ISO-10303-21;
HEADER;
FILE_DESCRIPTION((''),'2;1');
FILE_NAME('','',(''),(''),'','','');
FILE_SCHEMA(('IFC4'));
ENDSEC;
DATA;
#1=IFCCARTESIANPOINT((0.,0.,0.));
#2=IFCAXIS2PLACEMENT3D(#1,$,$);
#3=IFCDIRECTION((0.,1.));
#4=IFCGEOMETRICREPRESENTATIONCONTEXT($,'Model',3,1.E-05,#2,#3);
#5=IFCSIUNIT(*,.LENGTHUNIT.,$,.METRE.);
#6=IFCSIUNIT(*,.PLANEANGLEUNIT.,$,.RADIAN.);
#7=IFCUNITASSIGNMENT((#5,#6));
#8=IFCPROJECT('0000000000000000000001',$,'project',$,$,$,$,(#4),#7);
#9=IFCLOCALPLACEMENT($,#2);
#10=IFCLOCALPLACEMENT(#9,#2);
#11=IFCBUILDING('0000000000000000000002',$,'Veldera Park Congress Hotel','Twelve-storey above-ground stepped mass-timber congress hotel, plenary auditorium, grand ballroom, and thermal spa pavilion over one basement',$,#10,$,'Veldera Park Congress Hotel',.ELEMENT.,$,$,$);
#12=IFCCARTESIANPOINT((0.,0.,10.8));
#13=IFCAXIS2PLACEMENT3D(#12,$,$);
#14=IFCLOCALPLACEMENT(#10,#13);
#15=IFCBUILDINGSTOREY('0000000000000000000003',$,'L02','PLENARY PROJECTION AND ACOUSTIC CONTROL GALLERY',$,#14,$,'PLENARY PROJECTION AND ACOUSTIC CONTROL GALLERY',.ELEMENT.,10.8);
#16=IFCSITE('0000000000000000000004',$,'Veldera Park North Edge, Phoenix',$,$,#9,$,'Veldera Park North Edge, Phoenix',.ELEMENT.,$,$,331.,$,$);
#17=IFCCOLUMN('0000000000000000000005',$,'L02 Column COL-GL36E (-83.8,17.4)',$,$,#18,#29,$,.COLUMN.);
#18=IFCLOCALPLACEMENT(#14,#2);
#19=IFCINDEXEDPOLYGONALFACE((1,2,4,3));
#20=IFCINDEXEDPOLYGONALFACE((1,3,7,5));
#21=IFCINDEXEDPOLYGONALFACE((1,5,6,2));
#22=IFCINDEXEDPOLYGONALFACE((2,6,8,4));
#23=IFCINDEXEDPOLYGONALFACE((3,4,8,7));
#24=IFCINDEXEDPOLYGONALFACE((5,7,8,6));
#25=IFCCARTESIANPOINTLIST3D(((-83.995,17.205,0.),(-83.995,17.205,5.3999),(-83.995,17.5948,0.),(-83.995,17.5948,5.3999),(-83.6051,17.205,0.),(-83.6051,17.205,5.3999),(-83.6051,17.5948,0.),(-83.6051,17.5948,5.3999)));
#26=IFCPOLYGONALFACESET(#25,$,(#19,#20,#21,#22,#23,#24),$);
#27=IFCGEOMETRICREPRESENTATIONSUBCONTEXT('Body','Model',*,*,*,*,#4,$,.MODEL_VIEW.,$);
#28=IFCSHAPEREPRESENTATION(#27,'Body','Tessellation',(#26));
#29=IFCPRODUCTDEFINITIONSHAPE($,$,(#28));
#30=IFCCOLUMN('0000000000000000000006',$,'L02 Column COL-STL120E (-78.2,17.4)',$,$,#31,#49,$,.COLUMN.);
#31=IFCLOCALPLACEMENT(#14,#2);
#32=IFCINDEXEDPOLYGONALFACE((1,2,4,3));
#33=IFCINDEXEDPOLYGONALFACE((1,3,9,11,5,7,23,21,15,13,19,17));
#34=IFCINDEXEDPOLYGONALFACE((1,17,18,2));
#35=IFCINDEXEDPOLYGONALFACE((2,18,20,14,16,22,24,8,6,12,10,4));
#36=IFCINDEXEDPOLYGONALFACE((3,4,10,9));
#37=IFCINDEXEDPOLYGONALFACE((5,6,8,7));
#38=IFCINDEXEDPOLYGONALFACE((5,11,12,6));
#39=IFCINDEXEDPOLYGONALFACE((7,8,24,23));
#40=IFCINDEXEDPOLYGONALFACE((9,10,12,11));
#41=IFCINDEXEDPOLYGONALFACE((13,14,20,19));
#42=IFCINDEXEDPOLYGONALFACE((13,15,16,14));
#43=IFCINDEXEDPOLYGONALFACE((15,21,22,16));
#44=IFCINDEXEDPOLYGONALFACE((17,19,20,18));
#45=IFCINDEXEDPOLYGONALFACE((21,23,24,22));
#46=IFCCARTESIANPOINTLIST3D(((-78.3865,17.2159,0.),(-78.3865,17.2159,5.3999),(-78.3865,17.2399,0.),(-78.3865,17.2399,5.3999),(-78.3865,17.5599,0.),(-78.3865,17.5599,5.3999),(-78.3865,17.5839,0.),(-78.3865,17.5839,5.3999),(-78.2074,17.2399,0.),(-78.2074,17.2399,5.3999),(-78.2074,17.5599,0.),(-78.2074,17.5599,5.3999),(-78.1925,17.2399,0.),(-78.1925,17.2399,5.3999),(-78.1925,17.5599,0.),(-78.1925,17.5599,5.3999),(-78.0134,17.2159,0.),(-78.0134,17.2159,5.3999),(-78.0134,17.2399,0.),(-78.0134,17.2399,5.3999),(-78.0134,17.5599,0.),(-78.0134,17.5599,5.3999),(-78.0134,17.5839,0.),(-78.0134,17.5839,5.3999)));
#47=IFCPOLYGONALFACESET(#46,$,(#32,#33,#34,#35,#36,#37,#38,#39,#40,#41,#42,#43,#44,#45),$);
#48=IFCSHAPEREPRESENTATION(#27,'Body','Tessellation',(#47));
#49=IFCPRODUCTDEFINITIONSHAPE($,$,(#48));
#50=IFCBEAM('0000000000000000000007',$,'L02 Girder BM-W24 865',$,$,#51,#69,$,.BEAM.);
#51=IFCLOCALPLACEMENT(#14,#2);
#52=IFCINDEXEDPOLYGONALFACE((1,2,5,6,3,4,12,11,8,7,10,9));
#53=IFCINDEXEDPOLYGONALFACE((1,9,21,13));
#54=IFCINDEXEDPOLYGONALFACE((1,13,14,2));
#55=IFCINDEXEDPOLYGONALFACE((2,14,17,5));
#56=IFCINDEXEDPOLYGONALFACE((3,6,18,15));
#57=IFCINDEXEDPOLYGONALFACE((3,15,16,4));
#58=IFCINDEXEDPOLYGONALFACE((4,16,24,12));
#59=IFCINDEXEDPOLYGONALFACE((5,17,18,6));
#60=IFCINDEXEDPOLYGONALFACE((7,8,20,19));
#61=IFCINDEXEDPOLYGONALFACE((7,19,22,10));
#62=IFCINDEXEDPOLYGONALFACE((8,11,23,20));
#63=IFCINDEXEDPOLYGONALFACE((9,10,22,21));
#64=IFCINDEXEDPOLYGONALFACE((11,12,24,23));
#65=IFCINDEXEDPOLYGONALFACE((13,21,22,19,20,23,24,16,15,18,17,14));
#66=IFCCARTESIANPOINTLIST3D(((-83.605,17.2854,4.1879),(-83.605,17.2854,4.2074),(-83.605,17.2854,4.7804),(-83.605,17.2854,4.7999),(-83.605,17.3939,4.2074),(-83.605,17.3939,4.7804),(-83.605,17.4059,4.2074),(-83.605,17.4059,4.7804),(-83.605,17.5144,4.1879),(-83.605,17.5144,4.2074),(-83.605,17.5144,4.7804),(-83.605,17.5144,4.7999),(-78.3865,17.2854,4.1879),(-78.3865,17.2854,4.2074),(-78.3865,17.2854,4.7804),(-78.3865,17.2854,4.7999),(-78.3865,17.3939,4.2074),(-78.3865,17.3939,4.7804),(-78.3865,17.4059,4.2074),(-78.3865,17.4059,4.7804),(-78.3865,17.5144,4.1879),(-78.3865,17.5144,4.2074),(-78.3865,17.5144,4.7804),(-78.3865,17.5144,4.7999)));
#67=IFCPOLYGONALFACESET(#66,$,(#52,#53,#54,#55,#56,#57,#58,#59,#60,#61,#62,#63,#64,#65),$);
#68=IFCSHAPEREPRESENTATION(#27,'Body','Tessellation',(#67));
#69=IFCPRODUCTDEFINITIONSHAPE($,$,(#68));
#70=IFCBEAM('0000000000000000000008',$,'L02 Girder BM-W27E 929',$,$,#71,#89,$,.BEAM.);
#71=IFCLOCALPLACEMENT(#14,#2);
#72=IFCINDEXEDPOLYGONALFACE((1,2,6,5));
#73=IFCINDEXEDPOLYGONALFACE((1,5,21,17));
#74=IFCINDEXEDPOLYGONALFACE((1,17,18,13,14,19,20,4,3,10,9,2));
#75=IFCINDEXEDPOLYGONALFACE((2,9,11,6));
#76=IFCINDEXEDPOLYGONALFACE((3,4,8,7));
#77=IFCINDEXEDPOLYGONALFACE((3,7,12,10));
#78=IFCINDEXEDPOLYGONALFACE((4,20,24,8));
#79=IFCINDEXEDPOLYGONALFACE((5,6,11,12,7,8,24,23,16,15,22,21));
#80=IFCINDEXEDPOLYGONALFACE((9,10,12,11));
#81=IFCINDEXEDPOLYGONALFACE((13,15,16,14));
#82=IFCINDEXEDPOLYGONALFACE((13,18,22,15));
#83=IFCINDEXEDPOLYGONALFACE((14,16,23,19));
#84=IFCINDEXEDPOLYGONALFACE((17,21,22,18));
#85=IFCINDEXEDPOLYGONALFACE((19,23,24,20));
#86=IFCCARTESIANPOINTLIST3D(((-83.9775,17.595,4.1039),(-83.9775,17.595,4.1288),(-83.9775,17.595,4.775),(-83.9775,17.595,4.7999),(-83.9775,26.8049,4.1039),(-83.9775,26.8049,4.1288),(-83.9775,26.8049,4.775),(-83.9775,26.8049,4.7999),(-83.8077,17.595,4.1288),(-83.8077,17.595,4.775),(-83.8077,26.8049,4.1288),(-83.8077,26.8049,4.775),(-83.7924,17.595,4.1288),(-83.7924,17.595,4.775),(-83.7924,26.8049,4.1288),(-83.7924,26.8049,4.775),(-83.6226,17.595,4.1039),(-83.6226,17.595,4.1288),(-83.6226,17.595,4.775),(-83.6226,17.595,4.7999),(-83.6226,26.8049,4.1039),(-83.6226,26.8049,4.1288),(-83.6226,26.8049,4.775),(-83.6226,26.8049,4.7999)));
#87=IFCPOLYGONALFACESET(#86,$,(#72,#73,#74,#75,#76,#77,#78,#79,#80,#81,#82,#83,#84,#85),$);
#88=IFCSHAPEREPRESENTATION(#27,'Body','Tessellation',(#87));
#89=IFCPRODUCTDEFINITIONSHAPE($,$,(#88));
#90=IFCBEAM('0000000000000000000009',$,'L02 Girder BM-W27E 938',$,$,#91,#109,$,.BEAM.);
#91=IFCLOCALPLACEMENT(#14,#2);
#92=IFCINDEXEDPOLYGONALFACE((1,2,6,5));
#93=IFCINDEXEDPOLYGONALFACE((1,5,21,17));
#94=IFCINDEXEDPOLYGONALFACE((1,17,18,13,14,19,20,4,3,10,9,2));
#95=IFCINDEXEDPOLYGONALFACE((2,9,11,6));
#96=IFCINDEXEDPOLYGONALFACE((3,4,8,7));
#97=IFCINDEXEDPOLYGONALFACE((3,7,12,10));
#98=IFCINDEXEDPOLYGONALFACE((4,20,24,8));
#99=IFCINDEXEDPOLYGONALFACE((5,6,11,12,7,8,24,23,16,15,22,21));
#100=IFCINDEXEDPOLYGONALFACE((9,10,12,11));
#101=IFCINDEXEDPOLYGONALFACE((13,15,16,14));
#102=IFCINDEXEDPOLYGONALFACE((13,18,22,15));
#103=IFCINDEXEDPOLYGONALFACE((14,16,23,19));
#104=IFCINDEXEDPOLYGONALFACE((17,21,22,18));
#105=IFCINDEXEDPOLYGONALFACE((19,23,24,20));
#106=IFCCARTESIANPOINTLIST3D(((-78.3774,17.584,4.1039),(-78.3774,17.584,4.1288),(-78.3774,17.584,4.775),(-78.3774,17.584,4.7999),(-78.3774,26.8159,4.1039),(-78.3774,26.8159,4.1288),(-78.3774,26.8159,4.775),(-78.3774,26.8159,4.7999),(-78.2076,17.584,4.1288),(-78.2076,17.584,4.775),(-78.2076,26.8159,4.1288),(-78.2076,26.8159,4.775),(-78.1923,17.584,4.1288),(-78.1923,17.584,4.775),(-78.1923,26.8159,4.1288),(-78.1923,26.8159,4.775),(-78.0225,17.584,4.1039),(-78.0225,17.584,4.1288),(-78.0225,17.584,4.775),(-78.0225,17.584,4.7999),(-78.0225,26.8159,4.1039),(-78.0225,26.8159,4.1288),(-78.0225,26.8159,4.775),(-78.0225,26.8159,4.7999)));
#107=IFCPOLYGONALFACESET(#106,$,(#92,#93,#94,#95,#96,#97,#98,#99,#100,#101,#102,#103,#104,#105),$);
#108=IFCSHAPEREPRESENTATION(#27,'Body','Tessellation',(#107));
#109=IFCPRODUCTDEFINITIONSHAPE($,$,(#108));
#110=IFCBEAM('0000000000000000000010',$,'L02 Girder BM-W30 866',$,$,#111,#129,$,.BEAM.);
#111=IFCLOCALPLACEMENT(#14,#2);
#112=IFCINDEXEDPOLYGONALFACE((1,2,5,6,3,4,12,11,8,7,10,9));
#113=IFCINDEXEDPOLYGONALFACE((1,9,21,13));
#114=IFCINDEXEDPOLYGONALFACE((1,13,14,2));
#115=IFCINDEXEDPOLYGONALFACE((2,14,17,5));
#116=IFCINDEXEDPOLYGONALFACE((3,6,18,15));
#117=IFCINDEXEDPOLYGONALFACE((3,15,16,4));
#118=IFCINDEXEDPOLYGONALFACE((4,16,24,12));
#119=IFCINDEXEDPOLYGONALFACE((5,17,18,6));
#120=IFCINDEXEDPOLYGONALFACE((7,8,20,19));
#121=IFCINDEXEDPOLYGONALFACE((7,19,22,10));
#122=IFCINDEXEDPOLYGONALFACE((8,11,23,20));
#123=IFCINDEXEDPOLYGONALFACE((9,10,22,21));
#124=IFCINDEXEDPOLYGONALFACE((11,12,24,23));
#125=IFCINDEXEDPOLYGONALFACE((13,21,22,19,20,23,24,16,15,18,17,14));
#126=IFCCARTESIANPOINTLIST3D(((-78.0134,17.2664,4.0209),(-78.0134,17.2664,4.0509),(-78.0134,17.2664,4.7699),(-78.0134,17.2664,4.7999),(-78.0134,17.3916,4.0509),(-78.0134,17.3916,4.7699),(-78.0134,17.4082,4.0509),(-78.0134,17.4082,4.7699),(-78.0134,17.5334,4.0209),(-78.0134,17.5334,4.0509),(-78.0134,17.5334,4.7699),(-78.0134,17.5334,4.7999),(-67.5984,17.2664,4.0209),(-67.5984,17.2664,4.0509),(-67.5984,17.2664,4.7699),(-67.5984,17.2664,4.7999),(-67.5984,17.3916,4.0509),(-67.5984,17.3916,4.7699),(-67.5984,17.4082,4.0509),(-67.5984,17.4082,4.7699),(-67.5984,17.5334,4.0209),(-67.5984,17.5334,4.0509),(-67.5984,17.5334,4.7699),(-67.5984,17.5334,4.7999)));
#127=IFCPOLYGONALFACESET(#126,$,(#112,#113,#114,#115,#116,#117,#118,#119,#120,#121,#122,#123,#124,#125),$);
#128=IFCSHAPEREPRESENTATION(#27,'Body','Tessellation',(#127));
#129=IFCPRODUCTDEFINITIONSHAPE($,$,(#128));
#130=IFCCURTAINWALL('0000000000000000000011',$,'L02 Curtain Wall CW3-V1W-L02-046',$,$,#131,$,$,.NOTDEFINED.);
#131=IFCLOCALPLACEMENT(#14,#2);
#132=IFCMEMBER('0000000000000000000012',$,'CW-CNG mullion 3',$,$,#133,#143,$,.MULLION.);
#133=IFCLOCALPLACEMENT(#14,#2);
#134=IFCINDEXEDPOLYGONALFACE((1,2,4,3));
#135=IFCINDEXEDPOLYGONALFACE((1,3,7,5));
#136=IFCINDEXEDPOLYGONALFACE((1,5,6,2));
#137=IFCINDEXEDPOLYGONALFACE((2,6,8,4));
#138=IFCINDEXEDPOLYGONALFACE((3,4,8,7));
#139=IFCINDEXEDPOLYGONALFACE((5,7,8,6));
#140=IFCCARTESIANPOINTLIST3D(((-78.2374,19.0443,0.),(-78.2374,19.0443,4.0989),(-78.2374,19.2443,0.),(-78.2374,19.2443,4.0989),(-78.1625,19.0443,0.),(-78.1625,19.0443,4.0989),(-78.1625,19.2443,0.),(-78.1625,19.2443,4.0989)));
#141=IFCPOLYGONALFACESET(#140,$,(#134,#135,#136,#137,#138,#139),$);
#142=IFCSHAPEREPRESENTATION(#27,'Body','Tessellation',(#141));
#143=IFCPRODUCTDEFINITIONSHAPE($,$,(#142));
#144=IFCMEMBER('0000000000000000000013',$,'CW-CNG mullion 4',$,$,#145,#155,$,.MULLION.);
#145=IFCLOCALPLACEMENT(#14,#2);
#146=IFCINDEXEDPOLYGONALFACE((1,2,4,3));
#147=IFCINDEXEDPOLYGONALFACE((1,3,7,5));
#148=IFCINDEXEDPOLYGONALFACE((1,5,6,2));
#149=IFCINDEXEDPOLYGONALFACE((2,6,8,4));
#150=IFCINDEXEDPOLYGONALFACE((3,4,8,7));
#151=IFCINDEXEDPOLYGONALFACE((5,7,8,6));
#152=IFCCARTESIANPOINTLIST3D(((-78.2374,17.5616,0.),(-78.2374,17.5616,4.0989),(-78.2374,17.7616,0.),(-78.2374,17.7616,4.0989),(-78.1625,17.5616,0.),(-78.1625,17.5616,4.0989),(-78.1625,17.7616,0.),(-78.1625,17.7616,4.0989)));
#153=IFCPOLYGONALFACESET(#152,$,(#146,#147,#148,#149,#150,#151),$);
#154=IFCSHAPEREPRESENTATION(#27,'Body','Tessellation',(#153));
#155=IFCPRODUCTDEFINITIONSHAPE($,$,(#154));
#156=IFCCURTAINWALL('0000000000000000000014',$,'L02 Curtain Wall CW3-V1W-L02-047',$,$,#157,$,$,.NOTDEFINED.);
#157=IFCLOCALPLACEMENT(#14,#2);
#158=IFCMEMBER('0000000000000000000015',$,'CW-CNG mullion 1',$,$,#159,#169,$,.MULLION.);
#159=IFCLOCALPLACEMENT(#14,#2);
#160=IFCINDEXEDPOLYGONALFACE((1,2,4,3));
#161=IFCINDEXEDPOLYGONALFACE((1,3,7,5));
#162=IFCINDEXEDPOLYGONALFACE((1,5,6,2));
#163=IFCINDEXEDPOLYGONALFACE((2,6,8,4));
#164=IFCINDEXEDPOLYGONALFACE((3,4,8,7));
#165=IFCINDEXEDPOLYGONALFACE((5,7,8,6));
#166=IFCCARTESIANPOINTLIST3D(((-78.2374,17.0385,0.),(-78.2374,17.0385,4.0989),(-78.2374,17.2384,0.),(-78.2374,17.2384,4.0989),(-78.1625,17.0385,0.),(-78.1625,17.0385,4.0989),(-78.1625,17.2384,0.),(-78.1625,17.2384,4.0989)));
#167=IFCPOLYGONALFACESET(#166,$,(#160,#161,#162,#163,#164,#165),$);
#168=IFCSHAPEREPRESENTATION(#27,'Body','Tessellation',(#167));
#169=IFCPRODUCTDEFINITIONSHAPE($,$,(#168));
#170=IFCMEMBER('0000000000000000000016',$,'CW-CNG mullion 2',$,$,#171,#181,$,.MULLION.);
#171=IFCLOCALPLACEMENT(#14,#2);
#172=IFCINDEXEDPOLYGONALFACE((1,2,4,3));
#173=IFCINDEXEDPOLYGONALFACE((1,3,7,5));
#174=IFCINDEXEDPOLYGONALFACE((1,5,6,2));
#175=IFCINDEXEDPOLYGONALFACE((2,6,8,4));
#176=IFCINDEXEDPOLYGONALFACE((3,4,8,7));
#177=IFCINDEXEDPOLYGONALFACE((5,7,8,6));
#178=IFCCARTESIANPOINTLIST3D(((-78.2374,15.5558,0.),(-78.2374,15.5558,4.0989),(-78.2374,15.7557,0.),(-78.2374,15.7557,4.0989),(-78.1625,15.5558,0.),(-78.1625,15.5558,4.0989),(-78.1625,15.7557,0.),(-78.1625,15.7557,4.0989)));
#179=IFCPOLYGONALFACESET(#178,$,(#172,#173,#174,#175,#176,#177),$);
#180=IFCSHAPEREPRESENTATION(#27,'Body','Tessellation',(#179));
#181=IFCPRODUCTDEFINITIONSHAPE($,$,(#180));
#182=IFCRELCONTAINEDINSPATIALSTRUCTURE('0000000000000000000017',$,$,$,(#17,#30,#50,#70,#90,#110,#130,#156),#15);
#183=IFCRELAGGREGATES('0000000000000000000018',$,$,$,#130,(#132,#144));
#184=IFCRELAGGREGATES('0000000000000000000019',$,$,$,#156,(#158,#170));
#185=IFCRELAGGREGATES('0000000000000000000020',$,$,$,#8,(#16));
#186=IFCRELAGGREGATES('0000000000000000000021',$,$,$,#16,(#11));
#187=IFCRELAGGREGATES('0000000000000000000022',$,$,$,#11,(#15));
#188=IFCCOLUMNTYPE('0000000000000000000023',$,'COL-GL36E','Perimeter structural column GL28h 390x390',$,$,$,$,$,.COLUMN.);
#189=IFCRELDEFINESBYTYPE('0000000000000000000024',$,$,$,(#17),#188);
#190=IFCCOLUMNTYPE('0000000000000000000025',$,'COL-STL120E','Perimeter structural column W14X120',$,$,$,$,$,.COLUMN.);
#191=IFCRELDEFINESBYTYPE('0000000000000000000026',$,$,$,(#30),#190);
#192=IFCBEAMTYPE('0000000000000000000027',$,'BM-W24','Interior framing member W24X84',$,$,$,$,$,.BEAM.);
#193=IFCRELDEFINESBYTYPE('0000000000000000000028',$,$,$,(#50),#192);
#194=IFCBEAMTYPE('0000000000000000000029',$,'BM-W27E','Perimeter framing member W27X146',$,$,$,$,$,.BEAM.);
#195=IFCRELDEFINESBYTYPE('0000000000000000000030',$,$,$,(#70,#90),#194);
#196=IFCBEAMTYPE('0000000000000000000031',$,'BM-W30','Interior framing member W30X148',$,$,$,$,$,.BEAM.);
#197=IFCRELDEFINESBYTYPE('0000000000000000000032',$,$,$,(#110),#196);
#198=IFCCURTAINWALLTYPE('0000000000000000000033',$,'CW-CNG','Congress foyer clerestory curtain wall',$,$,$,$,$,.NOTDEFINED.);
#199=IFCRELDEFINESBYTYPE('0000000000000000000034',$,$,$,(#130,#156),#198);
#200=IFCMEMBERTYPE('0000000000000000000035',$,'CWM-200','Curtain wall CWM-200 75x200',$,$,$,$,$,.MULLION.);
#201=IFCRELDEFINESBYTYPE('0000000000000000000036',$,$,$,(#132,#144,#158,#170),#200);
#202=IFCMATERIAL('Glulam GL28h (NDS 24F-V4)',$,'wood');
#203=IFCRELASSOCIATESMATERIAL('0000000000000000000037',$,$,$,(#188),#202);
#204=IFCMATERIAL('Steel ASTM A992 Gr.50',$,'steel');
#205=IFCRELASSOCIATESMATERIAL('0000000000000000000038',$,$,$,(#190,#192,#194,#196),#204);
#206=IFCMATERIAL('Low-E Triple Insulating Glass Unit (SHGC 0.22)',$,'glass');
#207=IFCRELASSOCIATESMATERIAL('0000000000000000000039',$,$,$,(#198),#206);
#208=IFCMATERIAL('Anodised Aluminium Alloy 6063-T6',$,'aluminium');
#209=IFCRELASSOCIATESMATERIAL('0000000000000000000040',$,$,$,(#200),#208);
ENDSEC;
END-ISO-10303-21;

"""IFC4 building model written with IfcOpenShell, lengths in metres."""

from ifc_helpers import new_model, si_unit, direction, frame, origin, origin_2d, place, context, subcontext, project, spatial, rectangle, i_section, extrude, material, material_profile, profile_set, type_object, element, aggregate, save


model = new_model("IFC4")

# Units and contexts
model_context = context("Model", 3, precision=1e-05, world=origin(), true_north=direction((0.0, 1.0)))
body_context = subcontext(model_context, "Body", "Model", "MODEL_VIEW")
ifc_project = project(units=[si_unit("LENGTHUNIT", "METRE"), si_unit("PLANEANGLEUNIT", "RADIAN")], contexts=[model_context])

# Site, building, storey
site_placement = place(None, origin())
site = spatial("IfcSite", under=ifc_project, at=site_placement, Name="Veldera Park North Edge, Phoenix", LongName="Veldera Park North Edge, Phoenix", CompositionType="ELEMENT", RefElevation=331.0)
building_placement = place(site_placement, origin())
building = spatial("IfcBuilding", under=site, at=building_placement, Name="Veldera Park Congress Hotel", Description="Twelve-storey above-ground stepped mass-timber congress hotel, plenary auditorium, grand ballroom, and thermal spa pavilion over one basement", LongName="Veldera Park Congress Hotel", CompositionType="ELEMENT")
storey_placement = place(building_placement, frame((0.0, 0.0, 10.8)))
storey = spatial("IfcBuildingStorey", under=building, at=storey_placement, Name="L02", Description="PLENARY PROJECTION AND ACOUSTIC CONTROL GALLERY", LongName="PLENARY PROJECTION AND ACOUSTIC CONTROL GALLERY", CompositionType="ELEMENT", Elevation=10.8)

# Columns
ifc_material_1 = material(Name="Glulam GL28h (NDS 24F-V4)", Category="wood")
ifc_material_profile_1 = material_profile(ifc_material_1, rectangle(XDim=0.3899, YDim=0.3899, at=origin_2d()), Name="GL28h 390x390")
ifc_profile_set_1 = profile_set([ifc_material_profile_1], Name="Glulam GL28h (NDS 24F-V4)")
column_type_1 = type_object("IfcColumnType", Name="COL-GL36E", Description="Perimeter structural column GL28h 390x390", PredefinedType="COLUMN", material=ifc_profile_set_1)
column_1_placement = place(storey_placement, frame((-83.8, 17.3999, 0.0), z_axis=(0.0, 0.0, 1.0), x_axis=(1.0, 0.0, 0.0)))
element("IfcColumn", 1, at=column_1_placement, inside=storey, type_object=column_type_1, Name="L02 Column COL-GL36E (-83.8,17.4)", PredefinedType="COLUMN", context=body_context, shape_type="SweptSolid", body=[
    extrude(rectangle(XDim=0.3899, YDim=0.3899, at=origin_2d()), origin(), (0.0, 0.0, 1.0), 5.3999),
])
ifc_material_2 = material(Name="Steel ASTM A992 Gr.50", Category="steel")
ifc_material_profile_2 = material_profile(ifc_material_2, i_section(OverallWidth=0.373, OverallDepth=0.3679, WebThickness=0.0149, FlangeThickness=0.0239, at=origin_2d()), Name="W14X120")
ifc_profile_set_2 = profile_set([ifc_material_profile_2], Name="Steel ASTM A992 Gr.50")
column_type_2 = type_object("IfcColumnType", Name="COL-STL120E", Description="Perimeter structural column W14X120", PredefinedType="COLUMN", material=ifc_profile_set_2)
column_2_placement = place(storey_placement, frame((-78.2, 17.3999, 0.0), z_axis=(0.0, 0.0, 1.0), x_axis=(1.0, 0.0, 0.0)))
element("IfcColumn", 2, at=column_2_placement, inside=storey, type_object=column_type_2, Name="L02 Column COL-STL120E (-78.2,17.4)", PredefinedType="COLUMN", context=body_context, shape_type="SweptSolid", body=[
    extrude(i_section(OverallWidth=0.373, OverallDepth=0.3679, WebThickness=0.0149, FlangeThickness=0.0239, at=origin_2d()), origin(), (0.0, 0.0, 1.0), 5.3999),
])

# Beams
ifc_material_profile_3 = material_profile(ifc_material_2, i_section(OverallWidth=0.229, OverallDepth=0.6121, WebThickness=0.012, FlangeThickness=0.0195, at=origin_2d()), Name="W24X84")
ifc_profile_set_3 = profile_set([ifc_material_profile_3], Name="Steel ASTM A992 Gr.50")
beam_type_1 = type_object("IfcBeamType", Name="BM-W24", Description="Interior framing member W24X84", PredefinedType="BEAM", material=ifc_profile_set_3)
beam_1_placement = place(storey_placement, frame((-83.605, 17.3999, 4.4939), z_axis=(1.0, 0.0, 0.0), x_axis=(0.0, 1.0, 0.0)))
element("IfcBeam", 3, at=beam_1_placement, inside=storey, type_object=beam_type_1, Name="L02 Girder BM-W24 865", PredefinedType="BEAM", context=body_context, shape_type="SweptSolid", body=[
    extrude(i_section(OverallWidth=0.229, OverallDepth=0.6121, WebThickness=0.012, FlangeThickness=0.0195, at=origin_2d()), origin(), (0.0, 0.0, 1.0), 5.2185),
])
ifc_material_profile_4 = material_profile(ifc_material_2, i_section(OverallWidth=0.355, OverallDepth=0.696, WebThickness=0.0154, FlangeThickness=0.0249, at=origin_2d()), Name="W27X146")
ifc_profile_set_4 = profile_set([ifc_material_profile_4], Name="Steel ASTM A992 Gr.50")
beam_type_2 = type_object("IfcBeamType", Name="BM-W27E", Description="Perimeter framing member W27X146", PredefinedType="BEAM", material=ifc_profile_set_4)
beam_2_placement = place(storey_placement, frame((-83.8, 17.595, 4.4519), z_axis=(0.0, 1.0, 0.0), x_axis=(-1.0, 0.0, 0.0)))
element("IfcBeam", 4, at=beam_2_placement, inside=storey, type_object=beam_type_2, Name="L02 Girder BM-W27E 929", PredefinedType="BEAM", context=body_context, shape_type="SweptSolid", body=[
    extrude(i_section(OverallWidth=0.355, OverallDepth=0.696, WebThickness=0.0154, FlangeThickness=0.0249, at=origin_2d()), origin(), (0.0, 0.0, 1.0), 9.21),
])
beam_3_placement = place(storey_placement, frame((-78.2, 17.584, 4.4519), z_axis=(0.0, 1.0, 0.0), x_axis=(-1.0, 0.0, 0.0)))
element("IfcBeam", 5, at=beam_3_placement, inside=storey, type_object=beam_type_2, Name="L02 Girder BM-W27E 938", PredefinedType="BEAM", context=body_context, shape_type="SweptSolid", body=[
    extrude(i_section(OverallWidth=0.355, OverallDepth=0.696, WebThickness=0.0154, FlangeThickness=0.0249, at=origin_2d()), origin(), (0.0, 0.0, 1.0), 9.2319),
])
ifc_material_profile_5 = material_profile(ifc_material_2, i_section(OverallWidth=0.2671, OverallDepth=0.7791, WebThickness=0.0166, FlangeThickness=0.03, at=origin_2d()), Name="W30X148")
ifc_profile_set_5 = profile_set([ifc_material_profile_5], Name="Steel ASTM A992 Gr.50")
beam_type_3 = type_object("IfcBeamType", Name="BM-W30", Description="Interior framing member W30X148", PredefinedType="BEAM", material=ifc_profile_set_5)
beam_4_placement = place(storey_placement, frame((-78.0134, 17.3999, 4.4104), z_axis=(1.0, 0.0, 0.0), x_axis=(0.0, 1.0, 0.0)))
element("IfcBeam", 6, at=beam_4_placement, inside=storey, type_object=beam_type_3, Name="L02 Girder BM-W30 866", PredefinedType="BEAM", context=body_context, shape_type="SweptSolid", body=[
    extrude(i_section(OverallWidth=0.2671, OverallDepth=0.7791, WebThickness=0.0166, FlangeThickness=0.03, at=origin_2d()), origin(), (0.0, 0.0, 1.0), 10.415),
])

# Curtain walls, members
ifc_material_3 = material(Name="Low-E Triple Insulating Glass Unit (SHGC 0.22)", Category="glass")
curtain_wall_type = type_object("IfcCurtainWallType", Name="CW-CNG", Description="Congress foyer clerestory curtain wall", PredefinedType="NOTDEFINED", material=ifc_material_3)
curtain_wall_1_placement = place(storey_placement, origin())
curtain_wall_1 = element("IfcCurtainWall", 7, at=curtain_wall_1_placement, inside=storey, type_object=curtain_wall_type, Name="L02 Curtain Wall CW3-V1W-L02-046", PredefinedType="NOTDEFINED")
ifc_material_4 = material(Name="Anodised Aluminium Alloy 6063-T6", Category="aluminium")
ifc_material_profile_6 = material_profile(ifc_material_4, rectangle(XDim=0.075, YDim=0.2, at=origin_2d()), Name="ALU 75x200")
ifc_profile_set_6 = profile_set([ifc_material_profile_6], Name="Anodised Aluminium Alloy 6063-T6")
member_type_1 = type_object("IfcMemberType", Name="CWM-200", Description="Curtain wall CWM-200 75x200", PredefinedType="MULLION", material=ifc_profile_set_6)
member_1_placement = place(storey_placement, frame((-78.2, 19.1443, 0.0), z_axis=(0.0, 0.0, 1.0), x_axis=(1.0, 0.0, 0.0)))
member_1 = element("IfcMember", 8, at=member_1_placement, type_object=member_type_1, Name="CW-CNG mullion 3", PredefinedType="MULLION", context=body_context, shape_type="SweptSolid", body=[
    extrude(rectangle(XDim=0.075, YDim=0.2, at=origin_2d()), origin(), (0.0, 0.0, 1.0), 4.0989),
])
member_2_placement = place(storey_placement, frame((-78.2, 17.6616, 0.0), z_axis=(0.0, 0.0, 1.0), x_axis=(1.0, 0.0, 0.0)))
member_2 = element("IfcMember", 9, at=member_2_placement, type_object=member_type_1, Name="CW-CNG mullion 4", PredefinedType="MULLION", context=body_context, shape_type="SweptSolid", body=[
    extrude(rectangle(XDim=0.075, YDim=0.2, at=origin_2d()), origin(), (0.0, 0.0, 1.0), 4.0989),
])
curtain_wall_2_placement = place(storey_placement, origin())
curtain_wall_2 = element("IfcCurtainWall", 10, at=curtain_wall_2_placement, inside=storey, type_object=curtain_wall_type, Name="L02 Curtain Wall CW3-V1W-L02-047", PredefinedType="NOTDEFINED")
member_3_placement = place(storey_placement, frame((-78.2, 17.1384, 0.0), z_axis=(0.0, 0.0, 1.0), x_axis=(1.0, 0.0, 0.0)))
member_3 = element("IfcMember", 11, at=member_3_placement, type_object=member_type_1, Name="CW-CNG mullion 1", PredefinedType="MULLION", context=body_context, shape_type="SweptSolid", body=[
    extrude(rectangle(XDim=0.075, YDim=0.2, at=origin_2d()), origin(), (0.0, 0.0, 1.0), 4.0989),
])
member_4_placement = place(storey_placement, frame((-78.2, 15.6558, 0.0), z_axis=(0.0, 0.0, 1.0), x_axis=(1.0, 0.0, 0.0)))
member_4 = element("IfcMember", 12, at=member_4_placement, type_object=member_type_1, Name="CW-CNG mullion 2", PredefinedType="MULLION", context=body_context, shape_type="SweptSolid", body=[
    extrude(rectangle(XDim=0.075, YDim=0.2, at=origin_2d()), origin(), (0.0, 0.0, 1.0), 4.0989),
])

aggregate(curtain_wall_1, [member_1, member_2])
aggregate(curtain_wall_2, [member_3, member_4])

save(model, "model.ifc")
